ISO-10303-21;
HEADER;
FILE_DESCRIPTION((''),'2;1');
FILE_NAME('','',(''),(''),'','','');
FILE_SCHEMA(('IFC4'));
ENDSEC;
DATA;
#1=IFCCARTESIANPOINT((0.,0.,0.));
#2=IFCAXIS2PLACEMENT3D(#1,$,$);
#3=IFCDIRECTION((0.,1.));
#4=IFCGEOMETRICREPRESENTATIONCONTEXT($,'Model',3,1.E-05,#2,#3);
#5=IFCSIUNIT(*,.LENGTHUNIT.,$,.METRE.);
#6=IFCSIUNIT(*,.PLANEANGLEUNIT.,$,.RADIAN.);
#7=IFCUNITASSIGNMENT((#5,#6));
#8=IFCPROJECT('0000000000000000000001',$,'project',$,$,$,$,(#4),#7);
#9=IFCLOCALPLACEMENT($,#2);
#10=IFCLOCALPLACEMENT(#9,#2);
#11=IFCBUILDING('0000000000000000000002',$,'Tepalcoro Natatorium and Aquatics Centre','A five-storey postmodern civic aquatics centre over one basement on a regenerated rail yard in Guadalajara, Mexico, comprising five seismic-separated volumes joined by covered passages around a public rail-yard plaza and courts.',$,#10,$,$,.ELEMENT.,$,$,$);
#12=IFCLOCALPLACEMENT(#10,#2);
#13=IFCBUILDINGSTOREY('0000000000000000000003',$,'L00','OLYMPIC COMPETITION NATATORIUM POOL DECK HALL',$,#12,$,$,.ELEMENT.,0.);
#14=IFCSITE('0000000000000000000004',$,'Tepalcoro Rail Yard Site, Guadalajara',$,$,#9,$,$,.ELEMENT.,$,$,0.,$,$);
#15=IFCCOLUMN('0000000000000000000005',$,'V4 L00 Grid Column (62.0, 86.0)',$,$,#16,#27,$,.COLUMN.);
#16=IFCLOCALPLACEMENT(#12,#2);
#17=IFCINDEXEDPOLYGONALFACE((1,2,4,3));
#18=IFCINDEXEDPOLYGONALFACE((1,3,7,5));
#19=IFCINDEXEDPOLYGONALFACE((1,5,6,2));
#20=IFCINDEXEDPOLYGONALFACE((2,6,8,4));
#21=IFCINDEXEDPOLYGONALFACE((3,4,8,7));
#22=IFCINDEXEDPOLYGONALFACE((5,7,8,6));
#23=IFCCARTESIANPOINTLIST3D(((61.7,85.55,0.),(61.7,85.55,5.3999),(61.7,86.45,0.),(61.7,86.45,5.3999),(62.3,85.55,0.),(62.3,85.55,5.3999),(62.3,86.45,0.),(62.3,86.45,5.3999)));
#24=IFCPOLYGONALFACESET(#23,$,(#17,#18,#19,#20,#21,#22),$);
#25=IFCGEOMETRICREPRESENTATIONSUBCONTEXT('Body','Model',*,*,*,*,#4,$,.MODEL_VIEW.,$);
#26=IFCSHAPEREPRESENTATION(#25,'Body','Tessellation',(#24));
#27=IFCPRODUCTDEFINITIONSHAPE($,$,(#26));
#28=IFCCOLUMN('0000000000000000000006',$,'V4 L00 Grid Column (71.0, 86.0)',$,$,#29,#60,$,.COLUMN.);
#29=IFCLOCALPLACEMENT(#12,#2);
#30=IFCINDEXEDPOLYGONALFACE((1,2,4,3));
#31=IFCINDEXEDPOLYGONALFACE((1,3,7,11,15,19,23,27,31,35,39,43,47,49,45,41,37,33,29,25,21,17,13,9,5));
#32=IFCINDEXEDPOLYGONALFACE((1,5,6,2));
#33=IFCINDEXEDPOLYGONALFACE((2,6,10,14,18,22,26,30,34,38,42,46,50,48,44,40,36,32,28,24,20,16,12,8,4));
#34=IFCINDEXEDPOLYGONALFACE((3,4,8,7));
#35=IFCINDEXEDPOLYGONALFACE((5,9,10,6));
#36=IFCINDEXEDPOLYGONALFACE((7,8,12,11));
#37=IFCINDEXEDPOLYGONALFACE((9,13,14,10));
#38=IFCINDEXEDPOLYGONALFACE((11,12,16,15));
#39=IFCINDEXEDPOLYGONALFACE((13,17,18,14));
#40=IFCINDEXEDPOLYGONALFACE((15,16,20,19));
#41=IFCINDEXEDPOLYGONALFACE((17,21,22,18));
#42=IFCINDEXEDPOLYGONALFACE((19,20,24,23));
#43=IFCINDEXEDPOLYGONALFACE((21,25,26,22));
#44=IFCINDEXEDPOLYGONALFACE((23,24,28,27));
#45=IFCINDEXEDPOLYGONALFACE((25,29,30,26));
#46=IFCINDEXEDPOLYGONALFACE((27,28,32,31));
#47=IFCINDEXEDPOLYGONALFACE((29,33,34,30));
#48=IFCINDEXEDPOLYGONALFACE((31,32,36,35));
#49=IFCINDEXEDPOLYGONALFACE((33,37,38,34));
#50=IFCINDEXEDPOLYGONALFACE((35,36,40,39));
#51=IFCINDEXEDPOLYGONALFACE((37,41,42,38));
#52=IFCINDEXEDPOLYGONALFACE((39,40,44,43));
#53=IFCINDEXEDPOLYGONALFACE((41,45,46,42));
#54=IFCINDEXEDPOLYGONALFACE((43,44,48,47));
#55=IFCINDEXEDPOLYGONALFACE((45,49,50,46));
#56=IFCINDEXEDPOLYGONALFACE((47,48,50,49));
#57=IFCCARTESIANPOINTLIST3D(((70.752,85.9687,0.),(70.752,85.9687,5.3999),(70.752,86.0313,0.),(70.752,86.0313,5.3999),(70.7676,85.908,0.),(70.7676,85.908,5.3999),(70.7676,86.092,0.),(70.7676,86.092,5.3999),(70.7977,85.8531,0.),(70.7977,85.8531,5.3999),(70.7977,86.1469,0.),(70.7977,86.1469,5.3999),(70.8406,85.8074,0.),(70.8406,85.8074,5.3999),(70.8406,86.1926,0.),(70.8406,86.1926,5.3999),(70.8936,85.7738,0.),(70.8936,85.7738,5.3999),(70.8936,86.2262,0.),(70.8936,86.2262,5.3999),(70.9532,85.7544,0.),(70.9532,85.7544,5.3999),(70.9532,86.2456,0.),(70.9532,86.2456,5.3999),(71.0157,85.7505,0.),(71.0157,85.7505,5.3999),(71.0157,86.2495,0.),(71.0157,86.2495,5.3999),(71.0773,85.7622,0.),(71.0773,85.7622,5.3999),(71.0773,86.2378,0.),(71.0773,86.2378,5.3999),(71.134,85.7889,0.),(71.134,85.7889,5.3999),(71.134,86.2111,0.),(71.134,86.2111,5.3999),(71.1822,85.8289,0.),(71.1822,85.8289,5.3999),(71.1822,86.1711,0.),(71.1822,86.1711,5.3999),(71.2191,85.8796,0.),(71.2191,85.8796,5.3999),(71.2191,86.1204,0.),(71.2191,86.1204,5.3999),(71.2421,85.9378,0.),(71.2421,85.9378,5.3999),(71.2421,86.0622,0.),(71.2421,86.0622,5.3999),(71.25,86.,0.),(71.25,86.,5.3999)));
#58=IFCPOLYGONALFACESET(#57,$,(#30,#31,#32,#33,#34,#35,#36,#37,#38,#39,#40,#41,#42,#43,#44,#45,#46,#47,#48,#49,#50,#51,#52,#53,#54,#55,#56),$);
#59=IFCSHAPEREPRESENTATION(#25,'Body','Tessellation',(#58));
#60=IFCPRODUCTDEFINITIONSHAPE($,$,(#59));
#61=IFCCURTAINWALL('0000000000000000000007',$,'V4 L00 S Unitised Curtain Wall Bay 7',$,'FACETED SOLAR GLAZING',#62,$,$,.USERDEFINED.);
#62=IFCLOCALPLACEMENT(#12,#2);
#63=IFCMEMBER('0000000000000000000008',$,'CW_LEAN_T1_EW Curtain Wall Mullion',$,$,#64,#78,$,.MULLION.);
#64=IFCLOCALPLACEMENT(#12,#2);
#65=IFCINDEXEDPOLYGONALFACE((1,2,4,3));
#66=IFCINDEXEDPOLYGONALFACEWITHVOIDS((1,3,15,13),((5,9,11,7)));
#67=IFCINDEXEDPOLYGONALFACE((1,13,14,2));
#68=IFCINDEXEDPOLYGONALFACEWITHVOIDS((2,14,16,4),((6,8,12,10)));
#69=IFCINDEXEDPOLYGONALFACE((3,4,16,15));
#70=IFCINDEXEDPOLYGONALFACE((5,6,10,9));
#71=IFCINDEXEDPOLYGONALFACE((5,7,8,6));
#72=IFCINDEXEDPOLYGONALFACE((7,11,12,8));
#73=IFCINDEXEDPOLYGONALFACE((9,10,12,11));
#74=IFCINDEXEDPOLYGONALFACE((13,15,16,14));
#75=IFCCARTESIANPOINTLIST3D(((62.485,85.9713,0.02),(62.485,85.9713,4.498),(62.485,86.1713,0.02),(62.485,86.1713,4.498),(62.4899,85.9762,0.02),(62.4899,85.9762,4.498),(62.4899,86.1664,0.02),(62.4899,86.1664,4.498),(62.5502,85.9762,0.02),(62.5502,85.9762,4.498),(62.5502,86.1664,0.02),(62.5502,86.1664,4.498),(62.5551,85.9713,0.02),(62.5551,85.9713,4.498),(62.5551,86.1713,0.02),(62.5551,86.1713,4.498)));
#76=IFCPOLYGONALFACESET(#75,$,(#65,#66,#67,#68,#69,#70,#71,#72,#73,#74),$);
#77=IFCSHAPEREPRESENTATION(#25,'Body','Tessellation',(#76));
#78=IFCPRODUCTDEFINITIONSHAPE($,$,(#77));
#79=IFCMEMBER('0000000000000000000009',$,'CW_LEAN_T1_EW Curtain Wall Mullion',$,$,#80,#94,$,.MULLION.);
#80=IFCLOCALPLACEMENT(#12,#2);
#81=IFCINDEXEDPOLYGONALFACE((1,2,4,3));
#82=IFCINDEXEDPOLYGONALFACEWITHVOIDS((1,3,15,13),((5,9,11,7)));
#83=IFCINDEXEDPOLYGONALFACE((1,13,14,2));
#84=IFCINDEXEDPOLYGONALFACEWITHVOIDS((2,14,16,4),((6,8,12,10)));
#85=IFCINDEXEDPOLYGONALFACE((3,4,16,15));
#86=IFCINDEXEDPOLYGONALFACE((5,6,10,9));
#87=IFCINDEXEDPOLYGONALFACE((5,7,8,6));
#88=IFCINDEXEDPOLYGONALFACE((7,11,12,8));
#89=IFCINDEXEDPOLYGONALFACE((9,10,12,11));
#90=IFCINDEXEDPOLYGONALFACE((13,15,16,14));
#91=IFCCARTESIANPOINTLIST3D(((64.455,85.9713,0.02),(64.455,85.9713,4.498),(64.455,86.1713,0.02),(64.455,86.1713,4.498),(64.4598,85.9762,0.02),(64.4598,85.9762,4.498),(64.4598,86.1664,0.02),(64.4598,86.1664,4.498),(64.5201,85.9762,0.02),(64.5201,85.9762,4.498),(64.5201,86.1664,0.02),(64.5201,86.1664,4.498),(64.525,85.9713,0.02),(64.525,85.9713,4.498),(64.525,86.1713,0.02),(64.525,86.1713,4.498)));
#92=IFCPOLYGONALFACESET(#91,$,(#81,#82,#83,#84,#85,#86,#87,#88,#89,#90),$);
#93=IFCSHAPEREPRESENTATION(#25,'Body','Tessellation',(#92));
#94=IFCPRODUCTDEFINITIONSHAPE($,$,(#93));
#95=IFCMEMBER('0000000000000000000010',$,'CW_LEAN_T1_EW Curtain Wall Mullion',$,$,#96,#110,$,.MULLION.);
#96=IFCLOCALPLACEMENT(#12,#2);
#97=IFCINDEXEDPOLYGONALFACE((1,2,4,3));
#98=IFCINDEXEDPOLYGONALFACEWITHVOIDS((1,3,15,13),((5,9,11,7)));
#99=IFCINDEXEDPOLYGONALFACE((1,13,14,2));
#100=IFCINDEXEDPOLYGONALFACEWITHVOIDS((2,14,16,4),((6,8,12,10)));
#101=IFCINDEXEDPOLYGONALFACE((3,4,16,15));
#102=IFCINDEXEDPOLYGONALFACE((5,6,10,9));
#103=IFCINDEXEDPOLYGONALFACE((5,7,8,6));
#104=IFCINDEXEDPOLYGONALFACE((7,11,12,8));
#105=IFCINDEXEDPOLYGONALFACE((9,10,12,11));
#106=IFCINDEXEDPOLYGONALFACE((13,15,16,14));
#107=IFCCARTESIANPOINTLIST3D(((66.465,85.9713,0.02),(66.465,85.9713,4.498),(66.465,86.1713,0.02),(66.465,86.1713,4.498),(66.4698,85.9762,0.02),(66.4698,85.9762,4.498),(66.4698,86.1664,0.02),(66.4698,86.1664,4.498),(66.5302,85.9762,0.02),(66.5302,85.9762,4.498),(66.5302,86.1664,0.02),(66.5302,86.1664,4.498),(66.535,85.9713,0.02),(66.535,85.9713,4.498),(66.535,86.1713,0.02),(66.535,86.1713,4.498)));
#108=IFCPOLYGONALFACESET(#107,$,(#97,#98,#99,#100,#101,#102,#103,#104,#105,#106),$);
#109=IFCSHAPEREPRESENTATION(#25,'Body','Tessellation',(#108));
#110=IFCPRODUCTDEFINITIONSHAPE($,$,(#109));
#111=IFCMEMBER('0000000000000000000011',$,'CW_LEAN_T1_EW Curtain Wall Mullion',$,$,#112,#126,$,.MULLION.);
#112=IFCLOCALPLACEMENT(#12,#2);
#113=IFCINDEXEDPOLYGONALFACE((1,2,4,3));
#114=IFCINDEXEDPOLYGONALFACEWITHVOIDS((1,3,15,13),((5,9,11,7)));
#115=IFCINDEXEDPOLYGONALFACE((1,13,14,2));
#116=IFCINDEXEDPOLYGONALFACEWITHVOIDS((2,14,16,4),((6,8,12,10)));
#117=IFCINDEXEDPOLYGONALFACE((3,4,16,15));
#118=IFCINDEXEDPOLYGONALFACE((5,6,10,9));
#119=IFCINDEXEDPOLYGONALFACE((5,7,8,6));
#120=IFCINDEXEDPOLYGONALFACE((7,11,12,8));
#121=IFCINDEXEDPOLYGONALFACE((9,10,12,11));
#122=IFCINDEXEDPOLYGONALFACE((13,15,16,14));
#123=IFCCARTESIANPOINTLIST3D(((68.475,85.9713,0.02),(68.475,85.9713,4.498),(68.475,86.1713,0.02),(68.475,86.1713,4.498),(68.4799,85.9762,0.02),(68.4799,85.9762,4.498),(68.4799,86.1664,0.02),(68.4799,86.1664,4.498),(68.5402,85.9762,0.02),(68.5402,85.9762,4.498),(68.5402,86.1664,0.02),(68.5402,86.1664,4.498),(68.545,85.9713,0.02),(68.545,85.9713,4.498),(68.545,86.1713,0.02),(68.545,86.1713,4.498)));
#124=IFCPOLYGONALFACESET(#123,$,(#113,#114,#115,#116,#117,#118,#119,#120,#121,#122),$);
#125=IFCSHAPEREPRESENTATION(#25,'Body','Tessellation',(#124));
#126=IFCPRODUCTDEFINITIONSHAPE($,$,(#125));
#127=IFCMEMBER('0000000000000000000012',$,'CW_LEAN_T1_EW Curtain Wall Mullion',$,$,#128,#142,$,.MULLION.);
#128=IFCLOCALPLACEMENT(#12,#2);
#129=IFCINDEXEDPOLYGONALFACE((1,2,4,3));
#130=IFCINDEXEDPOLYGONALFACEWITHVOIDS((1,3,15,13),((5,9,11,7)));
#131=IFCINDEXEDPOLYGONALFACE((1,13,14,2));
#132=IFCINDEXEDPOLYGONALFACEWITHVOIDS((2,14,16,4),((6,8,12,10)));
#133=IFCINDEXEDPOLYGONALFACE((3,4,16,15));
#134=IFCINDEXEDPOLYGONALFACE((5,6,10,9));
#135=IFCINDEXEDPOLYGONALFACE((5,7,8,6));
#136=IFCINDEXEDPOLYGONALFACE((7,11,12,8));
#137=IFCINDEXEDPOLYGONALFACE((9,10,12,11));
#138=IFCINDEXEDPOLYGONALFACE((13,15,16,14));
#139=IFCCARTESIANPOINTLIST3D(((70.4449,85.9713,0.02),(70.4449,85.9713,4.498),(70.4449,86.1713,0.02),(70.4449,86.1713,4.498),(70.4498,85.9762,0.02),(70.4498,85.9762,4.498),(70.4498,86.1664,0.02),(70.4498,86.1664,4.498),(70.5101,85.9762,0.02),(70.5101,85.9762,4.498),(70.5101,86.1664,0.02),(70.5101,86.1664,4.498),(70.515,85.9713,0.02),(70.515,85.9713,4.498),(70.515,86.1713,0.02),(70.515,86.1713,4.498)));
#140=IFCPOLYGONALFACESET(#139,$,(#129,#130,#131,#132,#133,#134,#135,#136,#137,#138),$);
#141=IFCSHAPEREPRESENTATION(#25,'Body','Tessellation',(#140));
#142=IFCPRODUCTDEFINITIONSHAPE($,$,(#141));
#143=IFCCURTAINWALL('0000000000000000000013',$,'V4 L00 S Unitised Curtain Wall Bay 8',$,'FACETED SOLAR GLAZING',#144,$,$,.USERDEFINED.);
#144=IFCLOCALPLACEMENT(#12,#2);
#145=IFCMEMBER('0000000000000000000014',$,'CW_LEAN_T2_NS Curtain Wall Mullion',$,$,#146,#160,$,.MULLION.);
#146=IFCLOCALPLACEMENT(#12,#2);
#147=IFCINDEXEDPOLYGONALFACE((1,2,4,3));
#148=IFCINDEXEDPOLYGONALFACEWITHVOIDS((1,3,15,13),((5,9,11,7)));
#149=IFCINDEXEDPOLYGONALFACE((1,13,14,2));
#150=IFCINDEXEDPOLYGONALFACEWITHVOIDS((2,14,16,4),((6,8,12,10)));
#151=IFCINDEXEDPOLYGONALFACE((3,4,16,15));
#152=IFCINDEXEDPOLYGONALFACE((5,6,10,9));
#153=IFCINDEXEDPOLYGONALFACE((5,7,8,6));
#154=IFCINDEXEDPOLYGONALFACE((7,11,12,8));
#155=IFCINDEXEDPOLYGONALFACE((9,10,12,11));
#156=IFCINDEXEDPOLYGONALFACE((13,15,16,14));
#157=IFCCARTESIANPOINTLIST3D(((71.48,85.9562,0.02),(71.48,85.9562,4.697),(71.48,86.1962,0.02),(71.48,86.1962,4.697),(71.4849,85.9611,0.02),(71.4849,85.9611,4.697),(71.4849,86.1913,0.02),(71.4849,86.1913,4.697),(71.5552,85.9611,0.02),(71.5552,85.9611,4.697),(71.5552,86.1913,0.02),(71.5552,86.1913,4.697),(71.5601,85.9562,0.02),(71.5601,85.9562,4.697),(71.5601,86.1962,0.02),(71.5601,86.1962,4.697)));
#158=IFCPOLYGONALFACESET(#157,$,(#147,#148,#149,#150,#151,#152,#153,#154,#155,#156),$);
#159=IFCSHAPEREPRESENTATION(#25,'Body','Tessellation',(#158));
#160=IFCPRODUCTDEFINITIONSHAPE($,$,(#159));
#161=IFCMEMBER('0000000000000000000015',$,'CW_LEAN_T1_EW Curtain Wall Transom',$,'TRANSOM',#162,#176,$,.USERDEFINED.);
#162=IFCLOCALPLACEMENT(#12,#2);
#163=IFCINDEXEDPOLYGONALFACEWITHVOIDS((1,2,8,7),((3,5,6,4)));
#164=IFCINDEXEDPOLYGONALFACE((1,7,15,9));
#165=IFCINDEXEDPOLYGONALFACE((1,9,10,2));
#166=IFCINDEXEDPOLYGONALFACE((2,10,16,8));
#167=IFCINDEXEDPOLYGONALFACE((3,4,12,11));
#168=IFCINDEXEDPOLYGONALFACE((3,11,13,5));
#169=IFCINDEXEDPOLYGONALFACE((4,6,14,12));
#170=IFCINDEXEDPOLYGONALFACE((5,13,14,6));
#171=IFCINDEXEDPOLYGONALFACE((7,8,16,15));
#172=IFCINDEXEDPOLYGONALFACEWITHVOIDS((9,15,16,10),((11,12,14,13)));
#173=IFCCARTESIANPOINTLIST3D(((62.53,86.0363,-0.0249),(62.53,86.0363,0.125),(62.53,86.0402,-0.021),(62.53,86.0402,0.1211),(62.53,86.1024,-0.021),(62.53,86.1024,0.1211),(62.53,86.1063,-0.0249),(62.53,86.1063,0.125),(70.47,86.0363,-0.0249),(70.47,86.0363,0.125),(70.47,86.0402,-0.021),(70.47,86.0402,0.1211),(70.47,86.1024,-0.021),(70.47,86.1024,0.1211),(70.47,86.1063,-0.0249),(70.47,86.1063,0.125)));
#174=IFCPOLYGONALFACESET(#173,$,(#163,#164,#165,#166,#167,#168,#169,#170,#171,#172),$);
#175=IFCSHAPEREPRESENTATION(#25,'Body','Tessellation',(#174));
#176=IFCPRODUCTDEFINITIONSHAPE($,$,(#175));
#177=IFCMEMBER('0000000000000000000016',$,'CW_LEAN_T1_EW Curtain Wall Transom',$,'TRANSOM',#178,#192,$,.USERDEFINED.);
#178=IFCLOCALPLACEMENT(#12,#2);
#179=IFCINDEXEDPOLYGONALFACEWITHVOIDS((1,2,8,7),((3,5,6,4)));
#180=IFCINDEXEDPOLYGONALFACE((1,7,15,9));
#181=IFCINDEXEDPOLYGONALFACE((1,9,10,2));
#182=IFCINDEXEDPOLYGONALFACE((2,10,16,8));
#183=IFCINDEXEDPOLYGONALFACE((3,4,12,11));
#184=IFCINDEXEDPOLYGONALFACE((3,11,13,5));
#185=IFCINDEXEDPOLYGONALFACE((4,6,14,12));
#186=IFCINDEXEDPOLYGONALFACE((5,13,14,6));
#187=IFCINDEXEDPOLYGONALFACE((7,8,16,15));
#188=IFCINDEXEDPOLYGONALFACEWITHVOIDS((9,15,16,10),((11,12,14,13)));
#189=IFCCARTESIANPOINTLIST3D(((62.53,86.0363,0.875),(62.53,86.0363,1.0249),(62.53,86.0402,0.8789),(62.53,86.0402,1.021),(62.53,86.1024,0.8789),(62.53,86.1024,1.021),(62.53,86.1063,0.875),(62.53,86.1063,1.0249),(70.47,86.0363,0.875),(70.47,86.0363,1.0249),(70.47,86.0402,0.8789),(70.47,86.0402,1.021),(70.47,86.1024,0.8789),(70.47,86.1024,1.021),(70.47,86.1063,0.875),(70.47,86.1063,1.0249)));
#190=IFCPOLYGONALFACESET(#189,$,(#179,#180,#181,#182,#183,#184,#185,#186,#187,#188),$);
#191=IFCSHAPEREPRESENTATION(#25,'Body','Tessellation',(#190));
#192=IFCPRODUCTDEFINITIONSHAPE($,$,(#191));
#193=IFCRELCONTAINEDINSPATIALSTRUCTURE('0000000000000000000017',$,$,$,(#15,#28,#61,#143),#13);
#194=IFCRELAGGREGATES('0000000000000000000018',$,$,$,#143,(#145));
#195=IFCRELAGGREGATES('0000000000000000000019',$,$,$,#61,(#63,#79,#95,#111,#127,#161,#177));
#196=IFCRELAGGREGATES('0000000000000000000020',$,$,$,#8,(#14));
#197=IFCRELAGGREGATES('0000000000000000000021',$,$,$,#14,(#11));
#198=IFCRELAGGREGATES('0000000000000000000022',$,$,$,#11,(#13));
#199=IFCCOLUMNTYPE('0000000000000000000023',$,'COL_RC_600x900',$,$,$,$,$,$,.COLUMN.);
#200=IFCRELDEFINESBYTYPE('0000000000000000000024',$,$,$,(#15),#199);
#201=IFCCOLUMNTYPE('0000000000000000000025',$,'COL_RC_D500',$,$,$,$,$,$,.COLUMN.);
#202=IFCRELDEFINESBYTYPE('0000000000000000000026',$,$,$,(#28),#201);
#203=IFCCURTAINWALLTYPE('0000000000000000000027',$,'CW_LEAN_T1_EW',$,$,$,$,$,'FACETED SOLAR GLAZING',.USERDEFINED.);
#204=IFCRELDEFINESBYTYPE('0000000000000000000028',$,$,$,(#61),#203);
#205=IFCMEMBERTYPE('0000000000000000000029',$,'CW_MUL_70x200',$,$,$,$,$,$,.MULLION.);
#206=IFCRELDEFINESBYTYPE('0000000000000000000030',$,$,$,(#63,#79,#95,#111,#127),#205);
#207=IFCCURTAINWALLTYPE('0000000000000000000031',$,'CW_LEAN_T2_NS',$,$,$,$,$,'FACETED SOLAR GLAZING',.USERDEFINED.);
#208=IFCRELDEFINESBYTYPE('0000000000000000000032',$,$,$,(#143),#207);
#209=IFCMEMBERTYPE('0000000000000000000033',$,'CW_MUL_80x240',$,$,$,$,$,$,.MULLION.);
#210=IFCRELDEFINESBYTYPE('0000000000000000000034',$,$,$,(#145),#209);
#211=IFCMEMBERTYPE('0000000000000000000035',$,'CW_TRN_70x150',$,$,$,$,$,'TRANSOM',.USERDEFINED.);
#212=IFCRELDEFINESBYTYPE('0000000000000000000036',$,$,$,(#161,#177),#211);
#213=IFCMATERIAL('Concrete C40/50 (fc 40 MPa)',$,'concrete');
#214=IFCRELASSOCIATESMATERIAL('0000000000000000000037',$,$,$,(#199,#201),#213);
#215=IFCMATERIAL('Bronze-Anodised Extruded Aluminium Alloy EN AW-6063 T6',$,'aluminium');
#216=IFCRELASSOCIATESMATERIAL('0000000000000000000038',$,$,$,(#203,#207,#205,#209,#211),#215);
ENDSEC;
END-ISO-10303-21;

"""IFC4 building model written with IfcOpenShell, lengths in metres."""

from ifc_helpers import new_model, si_unit, direction, frame, origin, origin_2d, place, context, subcontext, project, spatial, rectangle, hollow_rectangle, circle, extrude, material, material_profile, profile_set, type_object, element, aggregate, save


model = new_model("IFC4")

# Units and contexts
model_context = context("Model", 3, precision=1e-05, world=origin(), true_north=direction((0.0, 1.0)))
body_context = subcontext(model_context, "Body", "Model", "MODEL_VIEW")
ifc_project = project(units=[si_unit("LENGTHUNIT", "METRE"), si_unit("PLANEANGLEUNIT", "RADIAN")], contexts=[model_context])

# Site, building, storey
site_placement = place(None, origin())
site = spatial("IfcSite", under=ifc_project, at=site_placement, Name="Tepalcoro Rail Yard Site, Guadalajara", CompositionType="ELEMENT", RefElevation=0.0)
building_placement = place(site_placement, origin())
building = spatial("IfcBuilding", under=site, at=building_placement, Name="Tepalcoro Natatorium and Aquatics Centre", Description="A five-storey postmodern civic aquatics centre over one basement on a regenerated rail yard in Guadalajara, Mexico, comprising five seismic-separated volumes joined by covered passages around a public rail-yard plaza and courts.", CompositionType="ELEMENT")
storey_placement = place(building_placement, origin())
storey = spatial("IfcBuildingStorey", under=building, at=storey_placement, Name="L00", Description="OLYMPIC COMPETITION NATATORIUM POOL DECK HALL", CompositionType="ELEMENT", Elevation=0.0)

# Columns
ifc_material_1 = material(Name="Concrete C40/50 (fc 40 MPa)", Category="concrete")
ifc_material_profile_1 = material_profile(ifc_material_1, rectangle(XDim=0.6001, YDim=0.8999, at=origin_2d()), Name="RC600x900")
ifc_profile_set_1 = profile_set([ifc_material_profile_1], Name="Concrete C40/50 (fc 40 MPa)")
column_type_1 = type_object("IfcColumnType", Name="COL_RC_600x900", PredefinedType="COLUMN", material=ifc_profile_set_1)
column_1_placement = place(storey_placement, frame((62.0, 86.0, 0.0), z_axis=(0.0, 0.0, 1.0), x_axis=(1.0, 0.0, 0.0)))
element("IfcColumn", 1, at=column_1_placement, inside=storey, type_object=column_type_1, Name="V4 L00 Grid Column (62.0, 86.0)", PredefinedType="COLUMN", context=body_context, shape_type="SweptSolid", body=[
    extrude(rectangle(XDim=0.6001, YDim=0.8999, at=origin_2d()), origin(), (0.0, 0.0, 1.0), 5.3999),
])
ifc_material_profile_2 = material_profile(ifc_material_1, circle(Radius=0.25, at=origin_2d()), Name="RCD500")
ifc_profile_set_2 = profile_set([ifc_material_profile_2], Name="Concrete C40/50 (fc 40 MPa)")
column_type_2 = type_object("IfcColumnType", Name="COL_RC_D500", PredefinedType="COLUMN", material=ifc_profile_set_2)
column_2_placement = place(storey_placement, frame((71.0, 86.0, 0.0), z_axis=(0.0, 0.0, 1.0), x_axis=(1.0, 0.0, 0.0)))
element("IfcColumn", 2, at=column_2_placement, inside=storey, type_object=column_type_2, Name="V4 L00 Grid Column (71.0, 86.0)", PredefinedType="COLUMN", context=body_context, shape_type="SweptSolid", body=[
    extrude(circle(Radius=0.25, at=origin_2d()), origin(), (0.0, 0.0, 1.0), 5.3999),
])

# Curtain wall, members
ifc_material_2 = material(Name="Bronze-Anodised Extruded Aluminium Alloy EN AW-6063 T6", Category="aluminium")
curtain_wall_type_1 = type_object("IfcCurtainWallType", Name="CW_LEAN_T1_EW", ElementType="FACETED SOLAR GLAZING", PredefinedType="USERDEFINED", material=ifc_material_2)
curtain_wall_1_placement = place(storey_placement, origin())
curtain_wall_1 = element("IfcCurtainWall", 3, at=curtain_wall_1_placement, inside=storey, type_object=curtain_wall_type_1, Name="V4 L00 S Unitised Curtain Wall Bay 7", ObjectType="FACETED SOLAR GLAZING", PredefinedType="USERDEFINED")
ifc_material_profile_3 = material_profile(ifc_material_2, hollow_rectangle(XDim=0.0701, YDim=0.2, WallThickness=0.0049, at=origin_2d()), Name="AL70X200X5")
ifc_profile_set_3 = profile_set([ifc_material_profile_3], Name="Bronze-Anodised Extruded Aluminium Alloy EN AW-6063 T6")
member_type_1 = type_object("IfcMemberType", Name="CW_MUL_70x200", PredefinedType="MULLION", material=ifc_profile_set_3)
member_1_placement = place(storey_placement, frame((62.52, 86.0713, 0.02), z_axis=(0.0, 0.0, 1.0), x_axis=(1.0, 0.0, 0.0)))
member_1 = element("IfcMember", 4, at=member_1_placement, type_object=member_type_1, Name="CW_LEAN_T1_EW Curtain Wall Mullion", PredefinedType="MULLION", context=body_context, shape_type="SweptSolid", body=[
    extrude(hollow_rectangle(XDim=0.0701, YDim=0.2, WallThickness=0.0049, at=origin_2d()), origin(), (0.0, 0.0, 1.0), 4.478),
])
member_2_placement = place(storey_placement, frame((64.49, 86.0713, 0.02), z_axis=(0.0, 0.0, 1.0), x_axis=(1.0, 0.0, 0.0)))
member_2 = element("IfcMember", 5, at=member_2_placement, type_object=member_type_1, Name="CW_LEAN_T1_EW Curtain Wall Mullion", PredefinedType="MULLION", context=body_context, shape_type="SweptSolid", body=[
    extrude(hollow_rectangle(XDim=0.0701, YDim=0.2, WallThickness=0.0049, at=origin_2d()), origin(), (0.0, 0.0, 1.0), 4.478),
])
member_3_placement = place(storey_placement, frame((66.5, 86.0713, 0.02), z_axis=(0.0, 0.0, 1.0), x_axis=(1.0, 0.0, 0.0)))
member_3 = element("IfcMember", 6, at=member_3_placement, type_object=member_type_1, Name="CW_LEAN_T1_EW Curtain Wall Mullion", PredefinedType="MULLION", context=body_context, shape_type="SweptSolid", body=[
    extrude(hollow_rectangle(XDim=0.0701, YDim=0.2, WallThickness=0.0049, at=origin_2d()), origin(), (0.0, 0.0, 1.0), 4.478),
])
member_4_placement = place(storey_placement, frame((68.51, 86.0713, 0.02), z_axis=(0.0, 0.0, 1.0), x_axis=(1.0, 0.0, 0.0)))
member_4 = element("IfcMember", 7, at=member_4_placement, type_object=member_type_1, Name="CW_LEAN_T1_EW Curtain Wall Mullion", PredefinedType="MULLION", context=body_context, shape_type="SweptSolid", body=[
    extrude(hollow_rectangle(XDim=0.0701, YDim=0.2, WallThickness=0.0049, at=origin_2d()), origin(), (0.0, 0.0, 1.0), 4.478),
])
member_5_placement = place(storey_placement, frame((70.48, 86.0713, 0.02), z_axis=(0.0, 0.0, 1.0), x_axis=(1.0, 0.0, 0.0)))
member_5 = element("IfcMember", 8, at=member_5_placement, type_object=member_type_1, Name="CW_LEAN_T1_EW Curtain Wall Mullion", PredefinedType="MULLION", context=body_context, shape_type="SweptSolid", body=[
    extrude(hollow_rectangle(XDim=0.0701, YDim=0.2, WallThickness=0.0049, at=origin_2d()), origin(), (0.0, 0.0, 1.0), 4.478),
])

# Curtain wall, member
curtain_wall_type_2 = type_object("IfcCurtainWallType", Name="CW_LEAN_T2_NS", ElementType="FACETED SOLAR GLAZING", PredefinedType="USERDEFINED", material=ifc_material_2)
curtain_wall_2_placement = place(storey_placement, origin())
curtain_wall_2 = element("IfcCurtainWall", 9, at=curtain_wall_2_placement, inside=storey, type_object=curtain_wall_type_2, Name="V4 L00 S Unitised Curtain Wall Bay 8", ObjectType="FACETED SOLAR GLAZING", PredefinedType="USERDEFINED")
ifc_material_profile_4 = material_profile(ifc_material_2, hollow_rectangle(XDim=0.0801, YDim=0.24, WallThickness=0.0049, at=origin_2d()), Name="AL80X240X5")
ifc_profile_set_4 = profile_set([ifc_material_profile_4], Name="Bronze-Anodised Extruded Aluminium Alloy EN AW-6063 T6")
member_type_2 = type_object("IfcMemberType", Name="CW_MUL_80x240", PredefinedType="MULLION", material=ifc_profile_set_4)
member_6_placement = place(storey_placement, frame((71.52, 86.0762, 0.02), z_axis=(0.0, 0.0, 1.0), x_axis=(1.0, 0.0, 0.0)))
member_6 = element("IfcMember", 10, at=member_6_placement, type_object=member_type_2, Name="CW_LEAN_T2_NS Curtain Wall Mullion", PredefinedType="MULLION", context=body_context, shape_type="SweptSolid", body=[
    extrude(hollow_rectangle(XDim=0.0801, YDim=0.24, WallThickness=0.0049, at=origin_2d()), origin(), (0.0, 0.0, 1.0), 4.677),
])

# Members
ifc_material_profile_5 = material_profile(ifc_material_2, hollow_rectangle(XDim=0.0701, YDim=0.1499, WallThickness=0.0039, at=origin_2d()), Name="AL70X150X4")
ifc_profile_set_5 = profile_set([ifc_material_profile_5], Name="Bronze-Anodised Extruded Aluminium Alloy EN AW-6063 T6")
member_type_3 = type_object("IfcMemberType", Name="CW_TRN_70x150", ElementType="TRANSOM", PredefinedType="USERDEFINED", material=ifc_profile_set_5)
member_7_placement = place(storey_placement, frame((62.53, 86.0713, 0.05), z_axis=(1.0, 0.0, 0.0), x_axis=(0.0, 1.0, 0.0)))
member_7 = element("IfcMember", 11, at=member_7_placement, type_object=member_type_3, Name="CW_LEAN_T1_EW Curtain Wall Transom", ObjectType="TRANSOM", PredefinedType="USERDEFINED", context=body_context, shape_type="SweptSolid", body=[
    extrude(hollow_rectangle(XDim=0.0701, YDim=0.1499, WallThickness=0.0039, at=origin_2d()), origin(), (0.0, 0.0, 1.0), 7.9399),
])
member_8_placement = place(storey_placement, frame((62.53, 86.0713, 0.95), z_axis=(1.0, 0.0, 0.0), x_axis=(0.0, 1.0, 0.0)))
member_8 = element("IfcMember", 12, at=member_8_placement, type_object=member_type_3, Name="CW_LEAN_T1_EW Curtain Wall Transom", ObjectType="TRANSOM", PredefinedType="USERDEFINED", context=body_context, shape_type="SweptSolid", body=[
    extrude(hollow_rectangle(XDim=0.0701, YDim=0.1499, WallThickness=0.0039, at=origin_2d()), origin(), (0.0, 0.0, 1.0), 7.9399),
])
aggregate(curtain_wall_2, [member_6])

aggregate(curtain_wall_1, [member_1, member_2, member_3, member_4, member_5, member_7, member_8])

save(model, "model.ifc")
